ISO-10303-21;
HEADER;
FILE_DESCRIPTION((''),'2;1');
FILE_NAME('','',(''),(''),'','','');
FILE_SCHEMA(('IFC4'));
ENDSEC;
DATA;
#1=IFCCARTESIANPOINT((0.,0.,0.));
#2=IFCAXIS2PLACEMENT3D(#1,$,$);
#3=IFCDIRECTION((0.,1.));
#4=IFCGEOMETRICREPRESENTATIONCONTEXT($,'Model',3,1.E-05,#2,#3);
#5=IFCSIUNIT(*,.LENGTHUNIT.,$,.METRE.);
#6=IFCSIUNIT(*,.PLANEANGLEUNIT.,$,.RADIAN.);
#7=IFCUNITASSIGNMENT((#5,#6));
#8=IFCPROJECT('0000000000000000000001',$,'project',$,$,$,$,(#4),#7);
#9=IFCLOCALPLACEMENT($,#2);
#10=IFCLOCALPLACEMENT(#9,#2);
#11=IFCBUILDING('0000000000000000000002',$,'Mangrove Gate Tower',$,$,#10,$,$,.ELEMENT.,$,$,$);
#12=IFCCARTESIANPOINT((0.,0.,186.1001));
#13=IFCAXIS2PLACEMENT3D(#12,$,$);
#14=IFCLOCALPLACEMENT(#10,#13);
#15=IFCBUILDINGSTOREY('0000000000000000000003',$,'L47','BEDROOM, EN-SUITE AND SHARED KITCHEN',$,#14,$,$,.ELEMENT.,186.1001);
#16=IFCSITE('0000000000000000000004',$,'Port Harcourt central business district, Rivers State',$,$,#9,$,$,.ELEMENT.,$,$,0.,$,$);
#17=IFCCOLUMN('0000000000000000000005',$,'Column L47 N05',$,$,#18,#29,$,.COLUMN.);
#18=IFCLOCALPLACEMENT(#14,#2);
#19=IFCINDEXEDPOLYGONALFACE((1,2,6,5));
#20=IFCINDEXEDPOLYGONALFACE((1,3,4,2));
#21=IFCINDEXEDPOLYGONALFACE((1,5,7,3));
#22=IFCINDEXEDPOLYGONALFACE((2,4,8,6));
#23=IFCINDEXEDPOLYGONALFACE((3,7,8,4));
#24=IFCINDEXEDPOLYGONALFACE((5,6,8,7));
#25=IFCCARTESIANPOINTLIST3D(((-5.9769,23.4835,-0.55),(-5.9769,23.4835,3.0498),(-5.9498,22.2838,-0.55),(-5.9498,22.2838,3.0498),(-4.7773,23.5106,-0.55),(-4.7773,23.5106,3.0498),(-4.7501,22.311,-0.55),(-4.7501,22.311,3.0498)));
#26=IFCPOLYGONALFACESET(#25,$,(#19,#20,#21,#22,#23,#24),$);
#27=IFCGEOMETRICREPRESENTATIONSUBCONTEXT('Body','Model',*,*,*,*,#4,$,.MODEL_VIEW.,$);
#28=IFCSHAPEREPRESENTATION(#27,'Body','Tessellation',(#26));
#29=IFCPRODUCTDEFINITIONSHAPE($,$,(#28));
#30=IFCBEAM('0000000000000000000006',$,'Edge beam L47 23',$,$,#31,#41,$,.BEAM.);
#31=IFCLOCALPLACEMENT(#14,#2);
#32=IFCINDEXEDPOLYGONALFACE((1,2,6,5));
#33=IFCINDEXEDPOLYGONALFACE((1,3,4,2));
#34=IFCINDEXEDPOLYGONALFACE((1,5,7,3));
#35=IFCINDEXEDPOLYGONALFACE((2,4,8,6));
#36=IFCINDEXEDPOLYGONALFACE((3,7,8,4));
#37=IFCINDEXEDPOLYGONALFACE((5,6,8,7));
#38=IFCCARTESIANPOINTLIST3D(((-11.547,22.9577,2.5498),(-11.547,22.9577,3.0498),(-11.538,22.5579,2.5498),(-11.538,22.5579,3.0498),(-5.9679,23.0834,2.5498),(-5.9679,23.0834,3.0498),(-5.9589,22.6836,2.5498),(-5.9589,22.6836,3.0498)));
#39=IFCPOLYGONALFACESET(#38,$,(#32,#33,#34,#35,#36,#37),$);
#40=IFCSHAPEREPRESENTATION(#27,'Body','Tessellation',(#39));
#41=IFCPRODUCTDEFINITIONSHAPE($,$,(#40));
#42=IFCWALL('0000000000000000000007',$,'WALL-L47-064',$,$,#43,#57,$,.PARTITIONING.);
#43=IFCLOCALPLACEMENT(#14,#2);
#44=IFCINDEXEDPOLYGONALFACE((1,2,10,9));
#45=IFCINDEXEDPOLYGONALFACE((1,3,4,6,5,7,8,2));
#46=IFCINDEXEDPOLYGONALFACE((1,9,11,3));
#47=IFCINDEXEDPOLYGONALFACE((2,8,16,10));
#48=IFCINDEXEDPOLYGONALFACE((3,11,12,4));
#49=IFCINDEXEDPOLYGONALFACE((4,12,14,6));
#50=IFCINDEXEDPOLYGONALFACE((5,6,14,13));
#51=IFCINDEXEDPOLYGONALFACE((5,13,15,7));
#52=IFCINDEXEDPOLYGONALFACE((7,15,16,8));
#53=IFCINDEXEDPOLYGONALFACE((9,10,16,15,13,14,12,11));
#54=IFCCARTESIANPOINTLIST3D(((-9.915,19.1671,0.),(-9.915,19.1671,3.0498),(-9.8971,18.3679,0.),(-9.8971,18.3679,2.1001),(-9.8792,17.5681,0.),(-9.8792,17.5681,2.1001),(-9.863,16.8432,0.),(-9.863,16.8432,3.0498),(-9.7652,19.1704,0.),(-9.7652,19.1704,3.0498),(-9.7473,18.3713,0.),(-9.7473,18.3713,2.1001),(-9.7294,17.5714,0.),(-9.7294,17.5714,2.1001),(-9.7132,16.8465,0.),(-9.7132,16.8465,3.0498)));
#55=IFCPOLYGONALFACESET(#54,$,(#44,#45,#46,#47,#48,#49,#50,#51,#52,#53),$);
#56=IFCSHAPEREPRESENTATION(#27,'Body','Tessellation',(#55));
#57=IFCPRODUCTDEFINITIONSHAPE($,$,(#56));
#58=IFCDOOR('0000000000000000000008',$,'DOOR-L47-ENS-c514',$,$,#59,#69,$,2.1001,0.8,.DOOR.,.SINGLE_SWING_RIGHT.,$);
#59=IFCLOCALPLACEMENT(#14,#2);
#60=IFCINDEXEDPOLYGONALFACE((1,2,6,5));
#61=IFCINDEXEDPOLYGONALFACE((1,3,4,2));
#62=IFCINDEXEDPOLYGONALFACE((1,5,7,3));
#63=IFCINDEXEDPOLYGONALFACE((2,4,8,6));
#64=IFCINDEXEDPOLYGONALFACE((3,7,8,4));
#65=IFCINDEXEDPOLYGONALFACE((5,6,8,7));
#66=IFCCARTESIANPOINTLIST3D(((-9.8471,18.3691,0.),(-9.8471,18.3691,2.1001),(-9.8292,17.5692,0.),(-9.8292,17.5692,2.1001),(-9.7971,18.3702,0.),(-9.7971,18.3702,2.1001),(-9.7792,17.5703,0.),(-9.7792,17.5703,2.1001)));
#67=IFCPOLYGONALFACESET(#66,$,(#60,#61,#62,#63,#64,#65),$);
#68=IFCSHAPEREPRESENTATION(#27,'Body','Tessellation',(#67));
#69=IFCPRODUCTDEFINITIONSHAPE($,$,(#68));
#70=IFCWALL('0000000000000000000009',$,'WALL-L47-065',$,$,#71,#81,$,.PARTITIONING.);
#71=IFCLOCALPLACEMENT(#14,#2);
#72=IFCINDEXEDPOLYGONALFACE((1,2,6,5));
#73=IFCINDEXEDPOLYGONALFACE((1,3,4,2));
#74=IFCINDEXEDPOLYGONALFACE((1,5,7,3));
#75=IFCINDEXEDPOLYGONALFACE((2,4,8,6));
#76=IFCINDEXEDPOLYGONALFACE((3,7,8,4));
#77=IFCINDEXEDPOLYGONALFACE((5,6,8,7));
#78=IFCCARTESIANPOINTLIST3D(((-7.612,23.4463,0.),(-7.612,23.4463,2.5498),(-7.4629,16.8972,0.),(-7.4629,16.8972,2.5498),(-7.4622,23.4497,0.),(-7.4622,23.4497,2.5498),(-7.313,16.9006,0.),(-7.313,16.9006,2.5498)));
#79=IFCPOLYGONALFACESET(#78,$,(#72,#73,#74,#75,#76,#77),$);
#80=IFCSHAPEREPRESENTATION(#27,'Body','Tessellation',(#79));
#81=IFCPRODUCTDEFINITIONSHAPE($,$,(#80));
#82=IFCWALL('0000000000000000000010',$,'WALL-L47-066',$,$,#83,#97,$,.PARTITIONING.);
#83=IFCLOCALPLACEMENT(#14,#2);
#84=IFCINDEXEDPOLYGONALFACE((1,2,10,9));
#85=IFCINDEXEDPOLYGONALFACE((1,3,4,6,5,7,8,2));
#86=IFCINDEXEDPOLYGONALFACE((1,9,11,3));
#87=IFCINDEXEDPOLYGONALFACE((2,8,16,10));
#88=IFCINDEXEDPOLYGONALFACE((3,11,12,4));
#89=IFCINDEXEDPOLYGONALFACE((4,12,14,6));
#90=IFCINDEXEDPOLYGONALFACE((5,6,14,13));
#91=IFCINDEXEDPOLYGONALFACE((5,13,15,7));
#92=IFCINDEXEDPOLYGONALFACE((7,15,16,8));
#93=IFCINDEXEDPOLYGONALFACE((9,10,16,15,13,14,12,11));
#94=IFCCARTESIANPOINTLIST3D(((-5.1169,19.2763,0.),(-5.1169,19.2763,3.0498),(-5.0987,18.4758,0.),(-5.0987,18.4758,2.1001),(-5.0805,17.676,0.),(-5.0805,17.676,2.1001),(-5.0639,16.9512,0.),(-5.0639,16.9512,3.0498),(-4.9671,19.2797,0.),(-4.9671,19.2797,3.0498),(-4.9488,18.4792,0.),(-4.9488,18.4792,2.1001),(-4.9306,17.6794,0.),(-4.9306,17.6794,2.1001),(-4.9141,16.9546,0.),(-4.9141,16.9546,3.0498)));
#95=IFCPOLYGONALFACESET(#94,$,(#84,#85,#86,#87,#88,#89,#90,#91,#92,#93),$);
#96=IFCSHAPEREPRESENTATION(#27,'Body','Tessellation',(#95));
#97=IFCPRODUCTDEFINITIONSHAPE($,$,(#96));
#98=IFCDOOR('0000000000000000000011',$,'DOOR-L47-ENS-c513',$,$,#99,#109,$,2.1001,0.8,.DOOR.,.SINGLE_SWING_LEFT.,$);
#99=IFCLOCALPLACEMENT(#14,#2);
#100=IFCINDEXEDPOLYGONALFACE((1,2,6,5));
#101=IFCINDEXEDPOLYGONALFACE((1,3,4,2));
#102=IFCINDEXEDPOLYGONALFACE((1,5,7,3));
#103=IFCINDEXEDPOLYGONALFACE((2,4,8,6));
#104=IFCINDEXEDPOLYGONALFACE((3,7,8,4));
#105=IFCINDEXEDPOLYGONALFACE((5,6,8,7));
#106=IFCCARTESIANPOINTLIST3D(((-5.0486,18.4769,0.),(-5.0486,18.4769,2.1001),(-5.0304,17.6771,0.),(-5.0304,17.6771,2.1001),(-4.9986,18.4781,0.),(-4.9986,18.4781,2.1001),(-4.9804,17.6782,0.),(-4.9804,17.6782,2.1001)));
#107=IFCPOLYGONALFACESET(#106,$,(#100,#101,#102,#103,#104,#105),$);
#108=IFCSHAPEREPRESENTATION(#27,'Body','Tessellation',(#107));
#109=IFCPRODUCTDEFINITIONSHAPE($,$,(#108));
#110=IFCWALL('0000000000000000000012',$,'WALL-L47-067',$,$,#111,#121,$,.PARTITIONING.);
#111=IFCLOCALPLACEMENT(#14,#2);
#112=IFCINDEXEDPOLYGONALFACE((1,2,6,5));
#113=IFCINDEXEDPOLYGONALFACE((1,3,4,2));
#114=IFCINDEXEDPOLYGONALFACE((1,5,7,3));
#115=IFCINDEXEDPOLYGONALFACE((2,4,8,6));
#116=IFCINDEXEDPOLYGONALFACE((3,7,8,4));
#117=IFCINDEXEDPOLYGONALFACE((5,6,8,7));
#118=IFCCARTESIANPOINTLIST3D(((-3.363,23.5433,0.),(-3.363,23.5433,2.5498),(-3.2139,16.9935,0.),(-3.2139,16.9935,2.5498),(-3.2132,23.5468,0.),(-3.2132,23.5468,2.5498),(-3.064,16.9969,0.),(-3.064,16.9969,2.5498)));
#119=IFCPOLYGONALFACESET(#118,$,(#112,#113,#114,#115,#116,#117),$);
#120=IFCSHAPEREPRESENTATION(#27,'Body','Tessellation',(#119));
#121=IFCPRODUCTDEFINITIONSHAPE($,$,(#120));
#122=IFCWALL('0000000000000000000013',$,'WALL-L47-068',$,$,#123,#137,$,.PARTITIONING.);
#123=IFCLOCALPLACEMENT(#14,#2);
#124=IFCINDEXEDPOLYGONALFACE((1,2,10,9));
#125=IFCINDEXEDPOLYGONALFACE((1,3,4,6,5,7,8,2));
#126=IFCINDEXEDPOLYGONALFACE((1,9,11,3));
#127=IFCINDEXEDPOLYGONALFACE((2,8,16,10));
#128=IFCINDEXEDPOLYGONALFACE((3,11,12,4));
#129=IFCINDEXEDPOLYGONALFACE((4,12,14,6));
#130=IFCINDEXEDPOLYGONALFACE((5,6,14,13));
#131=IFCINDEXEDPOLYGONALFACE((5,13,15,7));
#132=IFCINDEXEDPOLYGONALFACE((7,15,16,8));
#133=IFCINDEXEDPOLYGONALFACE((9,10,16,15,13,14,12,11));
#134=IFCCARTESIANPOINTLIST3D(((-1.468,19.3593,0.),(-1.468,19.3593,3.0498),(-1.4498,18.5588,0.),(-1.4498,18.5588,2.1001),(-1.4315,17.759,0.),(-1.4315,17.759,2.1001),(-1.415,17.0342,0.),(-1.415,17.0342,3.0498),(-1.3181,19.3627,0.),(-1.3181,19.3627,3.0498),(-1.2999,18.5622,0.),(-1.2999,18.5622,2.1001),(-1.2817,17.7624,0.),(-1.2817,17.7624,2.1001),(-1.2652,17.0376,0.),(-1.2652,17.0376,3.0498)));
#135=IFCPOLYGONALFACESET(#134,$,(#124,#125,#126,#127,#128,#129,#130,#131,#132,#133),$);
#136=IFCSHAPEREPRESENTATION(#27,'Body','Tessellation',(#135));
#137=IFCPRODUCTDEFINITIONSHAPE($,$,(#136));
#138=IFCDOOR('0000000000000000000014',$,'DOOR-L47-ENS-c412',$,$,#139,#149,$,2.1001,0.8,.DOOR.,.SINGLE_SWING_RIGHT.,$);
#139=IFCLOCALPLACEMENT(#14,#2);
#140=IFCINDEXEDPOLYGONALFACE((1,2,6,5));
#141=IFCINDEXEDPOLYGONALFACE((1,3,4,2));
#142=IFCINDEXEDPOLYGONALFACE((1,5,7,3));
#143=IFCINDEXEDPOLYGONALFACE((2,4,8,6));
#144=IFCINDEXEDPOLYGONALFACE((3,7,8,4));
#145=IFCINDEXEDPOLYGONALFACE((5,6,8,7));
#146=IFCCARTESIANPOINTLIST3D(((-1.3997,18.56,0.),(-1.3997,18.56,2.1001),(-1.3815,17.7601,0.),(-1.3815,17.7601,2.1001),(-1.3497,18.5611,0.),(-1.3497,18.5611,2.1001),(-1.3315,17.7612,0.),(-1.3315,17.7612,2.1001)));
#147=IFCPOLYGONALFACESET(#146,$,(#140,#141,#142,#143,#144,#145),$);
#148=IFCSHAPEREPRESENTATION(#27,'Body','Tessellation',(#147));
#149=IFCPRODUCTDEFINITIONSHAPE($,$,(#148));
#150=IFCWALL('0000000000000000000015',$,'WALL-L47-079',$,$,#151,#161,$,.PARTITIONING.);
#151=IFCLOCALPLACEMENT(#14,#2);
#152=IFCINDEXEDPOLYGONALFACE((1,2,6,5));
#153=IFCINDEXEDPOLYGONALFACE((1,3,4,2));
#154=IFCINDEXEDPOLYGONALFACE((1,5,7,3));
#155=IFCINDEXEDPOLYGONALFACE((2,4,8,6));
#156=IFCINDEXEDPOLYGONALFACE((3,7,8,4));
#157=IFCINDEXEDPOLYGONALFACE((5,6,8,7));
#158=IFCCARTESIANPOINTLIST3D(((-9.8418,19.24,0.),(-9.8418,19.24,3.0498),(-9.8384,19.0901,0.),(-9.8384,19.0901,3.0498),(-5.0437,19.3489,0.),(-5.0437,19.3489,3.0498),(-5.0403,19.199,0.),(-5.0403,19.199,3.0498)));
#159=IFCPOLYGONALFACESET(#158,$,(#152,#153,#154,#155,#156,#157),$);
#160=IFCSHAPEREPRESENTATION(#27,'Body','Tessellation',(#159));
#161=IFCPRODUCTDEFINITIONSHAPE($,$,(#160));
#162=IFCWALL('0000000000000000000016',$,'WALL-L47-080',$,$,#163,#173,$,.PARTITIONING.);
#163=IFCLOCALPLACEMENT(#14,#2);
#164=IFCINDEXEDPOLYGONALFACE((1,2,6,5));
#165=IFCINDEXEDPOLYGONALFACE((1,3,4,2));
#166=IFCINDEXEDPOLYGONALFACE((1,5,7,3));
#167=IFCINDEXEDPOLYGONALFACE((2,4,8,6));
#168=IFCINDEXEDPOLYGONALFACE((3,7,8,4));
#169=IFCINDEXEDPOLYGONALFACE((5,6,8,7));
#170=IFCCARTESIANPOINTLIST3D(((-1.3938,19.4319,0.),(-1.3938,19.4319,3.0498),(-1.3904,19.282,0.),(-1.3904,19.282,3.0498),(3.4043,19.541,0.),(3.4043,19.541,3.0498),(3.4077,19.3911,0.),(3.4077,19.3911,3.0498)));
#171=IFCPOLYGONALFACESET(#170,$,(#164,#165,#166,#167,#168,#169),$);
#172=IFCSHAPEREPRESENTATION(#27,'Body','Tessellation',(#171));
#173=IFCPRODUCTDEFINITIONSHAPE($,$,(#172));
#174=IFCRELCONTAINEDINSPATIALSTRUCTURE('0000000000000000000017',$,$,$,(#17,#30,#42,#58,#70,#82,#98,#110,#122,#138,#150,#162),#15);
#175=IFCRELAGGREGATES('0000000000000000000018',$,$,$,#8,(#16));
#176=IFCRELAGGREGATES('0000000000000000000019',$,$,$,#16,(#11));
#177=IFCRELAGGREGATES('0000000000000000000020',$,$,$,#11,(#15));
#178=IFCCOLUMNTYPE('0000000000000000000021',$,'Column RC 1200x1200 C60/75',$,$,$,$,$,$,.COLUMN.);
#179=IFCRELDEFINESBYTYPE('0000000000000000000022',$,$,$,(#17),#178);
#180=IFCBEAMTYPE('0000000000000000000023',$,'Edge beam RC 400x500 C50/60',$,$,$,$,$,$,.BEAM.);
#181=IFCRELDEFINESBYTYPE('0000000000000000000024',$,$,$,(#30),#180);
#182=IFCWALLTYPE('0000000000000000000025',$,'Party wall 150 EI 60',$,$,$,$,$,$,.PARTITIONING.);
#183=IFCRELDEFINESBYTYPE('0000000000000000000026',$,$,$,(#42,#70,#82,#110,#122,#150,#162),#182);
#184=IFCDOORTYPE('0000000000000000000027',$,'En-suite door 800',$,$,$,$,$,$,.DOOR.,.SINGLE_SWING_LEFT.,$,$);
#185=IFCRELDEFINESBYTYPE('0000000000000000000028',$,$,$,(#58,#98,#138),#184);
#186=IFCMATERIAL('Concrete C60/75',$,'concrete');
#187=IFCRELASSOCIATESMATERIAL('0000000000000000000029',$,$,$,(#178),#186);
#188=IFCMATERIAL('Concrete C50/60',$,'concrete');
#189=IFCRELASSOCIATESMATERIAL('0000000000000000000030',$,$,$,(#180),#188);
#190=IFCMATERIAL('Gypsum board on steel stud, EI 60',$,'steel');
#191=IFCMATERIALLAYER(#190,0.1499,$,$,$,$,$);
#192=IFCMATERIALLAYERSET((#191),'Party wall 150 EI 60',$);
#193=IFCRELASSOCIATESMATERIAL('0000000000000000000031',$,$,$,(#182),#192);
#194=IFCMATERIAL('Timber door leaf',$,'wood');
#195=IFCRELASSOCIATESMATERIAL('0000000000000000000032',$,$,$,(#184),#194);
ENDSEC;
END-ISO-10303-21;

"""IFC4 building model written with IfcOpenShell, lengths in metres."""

from ifc_helpers import new_model, si_unit, direction, frame, frame_2d, origin, origin_2d, place, context, subcontext, project, spatial, rectangle, extrude, material, layer, layer_set, material_profile, profile_set, type_object, element, fill, save


model = new_model("IFC4")

# Units and contexts
model_context = context("Model", 3, precision=1e-05, world=origin(), true_north=direction((0.0, 1.0)))
body_context = subcontext(model_context, "Body", "Model", "MODEL_VIEW")
ifc_project = project(units=[si_unit("LENGTHUNIT", "METRE"), si_unit("PLANEANGLEUNIT", "RADIAN")], contexts=[model_context])

# Site, building, storey
site_placement = place(None, origin())
site = spatial("IfcSite", under=ifc_project, at=site_placement, Name="Port Harcourt central business district, Rivers State", CompositionType="ELEMENT", RefElevation=0.0)
building_placement = place(site_placement, origin())
building = spatial("IfcBuilding", under=site, at=building_placement, Name="Mangrove Gate Tower", CompositionType="ELEMENT")
storey_placement = place(building_placement, frame((0.0, 0.0, 186.1001)))
storey = spatial("IfcBuildingStorey", under=building, at=storey_placement, Name="L47", Description="BEDROOM, EN-SUITE AND SHARED KITCHEN", CompositionType="ELEMENT", Elevation=186.1001)

# Column
ifc_material_1 = material(Name="Concrete C60/75", Category="concrete")
ifc_material_profile_1 = material_profile(ifc_material_1, rectangle(XDim=1.2, YDim=1.2, at=origin_2d()))
ifc_profile_set_1 = profile_set([ifc_material_profile_1], Name="Concrete C60/75")
column_type = type_object("IfcColumnType", Name="Column RC 1200x1200 C60/75", PredefinedType="COLUMN", material=ifc_profile_set_1)
column_placement = place(storey_placement, frame((-5.3635, 22.8972, -0.55), z_axis=(0.0, 0.0, 1.0), x_axis=(-0.999744, -0.022639, 0.0)))
element("IfcColumn", 1, at=column_placement, inside=storey, type_object=column_type, Name="Column L47 N05", PredefinedType="COLUMN", context=body_context, shape_type="SweptSolid", body=[
    extrude(rectangle(XDim=1.2, YDim=1.2, at=origin_2d()), origin(), (0.0, 0.0, 1.0), 3.5999),
])

# Beam
ifc_material_2 = material(Name="Concrete C50/60", Category="concrete")
ifc_material_profile_2 = material_profile(ifc_material_2, rectangle(XDim=0.3999, YDim=0.5, at=origin_2d()))
ifc_profile_set_2 = profile_set([ifc_material_profile_2], Name="Concrete C50/60")
beam_type = type_object("IfcBeamType", Name="Edge beam RC 400x500 C50/60", PredefinedType="BEAM", material=ifc_profile_set_2)
beam_placement = place(storey_placement, frame((-5.9634, 22.8835, 2.7998), z_axis=(-0.999746, -0.022531, 0.0), x_axis=(0.022531, -0.999746, 0.0)))
element("IfcBeam", 2, at=beam_placement, inside=storey, type_object=beam_type, Name="Edge beam L47 23", PredefinedType="BEAM", context=body_context, shape_type="SweptSolid", body=[
    extrude(rectangle(XDim=0.3999, YDim=0.5, at=origin_2d()), origin(), (0.0, 0.0, 1.0), 5.5806),
])

# Wall, opening, door
ifc_material_3 = material(Name="Gypsum board on steel stud, EI 60", Category="steel")
ifc_layer = layer(ifc_material_3, 0.1499)
ifc_layer_set = layer_set([ifc_layer], Name="Party wall 150 EI 60")
wall_type = type_object("IfcWallType", Name="Party wall 150 EI 60", PredefinedType="PARTITIONING", material=ifc_layer_set)
wall_1_placement = place(storey_placement, frame((-9.7881, 16.845, 0.0), z_axis=(0.0, 0.0, 1.0), x_axis=(-0.022371, 0.99975, 0.0)))
wall_1 = element("IfcWall", 3, at=wall_1_placement, inside=storey, type_object=wall_type, Name="WALL-L47-064", PredefinedType="PARTITIONING", context=body_context, shape_type="SweptSolid", body=[
    extrude(rectangle(XDim=2.3245, YDim=0.1499, at=frame_2d((1.1621, 0.0))), origin(), (0.0, 0.0, 1.0), 3.0498),
])
opening_1_placement = place(wall_1_placement, frame((0.7251, 0.0, 0.0)))
opening_1 = element("IfcOpeningElement", 4, at=opening_1_placement, cuts=wall_1, PredefinedType="OPENING", context=body_context, shape_type="SweptSolid", body=[
    extrude(rectangle(XDim=0.8, YDim=2.1001, at=frame_2d((0.3999, 1.05))), frame((0.0, 0.085, 0.0), z_axis=(0.0, -1.0, 0.0), x_axis=(1.0, 0.0, 0.0)), (0.0, 0.0, 1.0), 0.1699),
])
ifc_material_4 = material(Name="Timber door leaf", Category="wood")
door_type = type_object("IfcDoorType", Name="En-suite door 800", OperationType="SINGLE_SWING_LEFT", PredefinedType="DOOR", material=ifc_material_4)
door_1_placement = place(opening_1_placement, origin())
door_1 = element("IfcDoor", 5, at=door_1_placement, inside=storey, type_object=door_type, Name="DOOR-L47-ENS-c514", OperationType="SINGLE_SWING_RIGHT", OverallHeight=2.1001, OverallWidth=0.8, PredefinedType="DOOR", context=body_context, shape_type="SweptSolid", body=[
    extrude(rectangle(XDim=0.8, YDim=2.1001, at=frame_2d((0.3999, 1.05))), frame((0.0, 0.0249, 0.0), z_axis=(0.0, -1.0, 0.0), x_axis=(1.0, 0.0, 0.0)), (0.0, 0.0, 1.0), 0.05),
])
fill(opening_1, door_1)

# Wall
wall_2_placement = place(storey_placement, frame((-7.3879, 16.8989, 0.0), z_axis=(0.0, 0.0, 1.0), x_axis=(-0.022771, 0.999741, 0.0)))
element("IfcWall", 6, at=wall_2_placement, inside=storey, type_object=wall_type, Name="WALL-L47-065", PredefinedType="PARTITIONING", context=body_context, shape_type="SweptSolid", body=[
    extrude(rectangle(XDim=6.5508, YDim=0.1499, at=frame_2d((3.2754, 0.0))), origin(), (0.0, 0.0, 1.0), 2.5498),
])

# Wall, opening, door
wall_3_placement = place(storey_placement, frame((-4.989, 16.9529, 0.0), z_axis=(0.0, 0.0, 1.0), x_axis=(-0.022779, 0.999741, 0.0)))
wall_3 = element("IfcWall", 7, at=wall_3_placement, inside=storey, type_object=wall_type, Name="WALL-L47-066", PredefinedType="PARTITIONING", context=body_context, shape_type="SweptSolid", body=[
    extrude(rectangle(XDim=2.3257, YDim=0.1499, at=frame_2d((1.1628, 0.0))), origin(), (0.0, 0.0, 1.0), 3.0498),
])
opening_2_placement = place(wall_3_placement, frame((0.7251, 0.0, 0.0)))
opening_2 = element("IfcOpeningElement", 8, at=opening_2_placement, cuts=wall_3, PredefinedType="OPENING", context=body_context, shape_type="SweptSolid", body=[
    extrude(rectangle(XDim=0.8, YDim=2.1001, at=frame_2d((0.3999, 1.05))), frame((0.0, 0.085, 0.0), z_axis=(0.0, -1.0, 0.0), x_axis=(1.0, 0.0, 0.0)), (0.0, 0.0, 1.0), 0.1699),
])
door_2_placement = place(opening_2_placement, origin())
door_2 = element("IfcDoor", 9, at=door_2_placement, inside=storey, type_object=door_type, Name="DOOR-L47-ENS-c513", OperationType="SINGLE_SWING_LEFT", OverallHeight=2.1001, OverallWidth=0.8, PredefinedType="DOOR", context=body_context, shape_type="SweptSolid", body=[
    extrude(rectangle(XDim=0.8, YDim=2.1001, at=frame_2d((0.3999, 1.05))), frame((0.0, 0.0249, 0.0), z_axis=(0.0, -1.0, 0.0), x_axis=(1.0, 0.0, 0.0)), (0.0, 0.0, 1.0), 0.05),
])
fill(opening_2, door_2)

# Wall
wall_4_placement = place(storey_placement, frame((-3.1389, 16.9951, 0.0), z_axis=(0.0, 0.0, 1.0), x_axis=(-0.022769, 0.999741, 0.0)))
element("IfcWall", 10, at=wall_4_placement, inside=storey, type_object=wall_type, Name="WALL-L47-067", PredefinedType="PARTITIONING", context=body_context, shape_type="SweptSolid", body=[
    extrude(rectangle(XDim=6.5515, YDim=0.1499, at=frame_2d((3.2759, 0.0))), origin(), (0.0, 0.0, 1.0), 2.5498),
])

# Wall, opening, door
wall_5_placement = place(storey_placement, frame((-1.3401, 17.0359, 0.0), z_axis=(0.0, 0.0, 1.0), x_axis=(-0.022779, 0.999741, 0.0)))
wall_5 = element("IfcWall", 11, at=wall_5_placement, inside=storey, type_object=wall_type, Name="WALL-L47-068", PredefinedType="PARTITIONING", context=body_context, shape_type="SweptSolid", body=[
    extrude(rectangle(XDim=2.3257, YDim=0.1499, at=frame_2d((1.1628, 0.0))), origin(), (0.0, 0.0, 1.0), 3.0498),
])
opening_3_placement = place(wall_5_placement, frame((0.7251, 0.0, 0.0)))
opening_3 = element("IfcOpeningElement", 12, at=opening_3_placement, cuts=wall_5, PredefinedType="OPENING", context=body_context, shape_type="SweptSolid", body=[
    extrude(rectangle(XDim=0.8, YDim=2.1001, at=frame_2d((0.3999, 1.05))), frame((0.0, 0.085, 0.0), z_axis=(0.0, -1.0, 0.0), x_axis=(1.0, 0.0, 0.0)), (0.0, 0.0, 1.0), 0.1699),
])
door_3_placement = place(opening_3_placement, origin())
door_3 = element("IfcDoor", 13, at=door_3_placement, inside=storey, type_object=door_type, Name="DOOR-L47-ENS-c412", OperationType="SINGLE_SWING_RIGHT", OverallHeight=2.1001, OverallWidth=0.8, PredefinedType="DOOR", context=body_context, shape_type="SweptSolid", body=[
    extrude(rectangle(XDim=0.8, YDim=2.1001, at=frame_2d((0.3999, 1.05))), frame((0.0, 0.0249, 0.0), z_axis=(0.0, -1.0, 0.0), x_axis=(1.0, 0.0, 0.0)), (0.0, 0.0, 1.0), 0.05),
])
fill(opening_3, door_3)

# Walls
for number, where, z_axis, x_axis, name in (
    (14, (-9.8401, 19.165, 0.0), (0.0, 0.0, 1.0), (0.999743, 0.022688, 0.0), "WALL-L47-079"),
    (15, (-1.3921, 19.3569, 0.0), (0.0, 0.0, 1.0), (0.999741, 0.022739, 0.0), "WALL-L47-080"),
):
    element("IfcWall", number, at=place(storey_placement, frame(where, z_axis=z_axis, x_axis=x_axis)), inside=storey, type_object=wall_type, Name=name, PredefinedType="PARTITIONING", context=body_context, shape_type="SweptSolid", body=[
        extrude(rectangle(XDim=4.7993, YDim=0.1499, at=frame_2d((2.3997, 0.0))), origin(), (0.0, 0.0, 1.0), 3.0498),
    ])

save(model, "model.ifc")
